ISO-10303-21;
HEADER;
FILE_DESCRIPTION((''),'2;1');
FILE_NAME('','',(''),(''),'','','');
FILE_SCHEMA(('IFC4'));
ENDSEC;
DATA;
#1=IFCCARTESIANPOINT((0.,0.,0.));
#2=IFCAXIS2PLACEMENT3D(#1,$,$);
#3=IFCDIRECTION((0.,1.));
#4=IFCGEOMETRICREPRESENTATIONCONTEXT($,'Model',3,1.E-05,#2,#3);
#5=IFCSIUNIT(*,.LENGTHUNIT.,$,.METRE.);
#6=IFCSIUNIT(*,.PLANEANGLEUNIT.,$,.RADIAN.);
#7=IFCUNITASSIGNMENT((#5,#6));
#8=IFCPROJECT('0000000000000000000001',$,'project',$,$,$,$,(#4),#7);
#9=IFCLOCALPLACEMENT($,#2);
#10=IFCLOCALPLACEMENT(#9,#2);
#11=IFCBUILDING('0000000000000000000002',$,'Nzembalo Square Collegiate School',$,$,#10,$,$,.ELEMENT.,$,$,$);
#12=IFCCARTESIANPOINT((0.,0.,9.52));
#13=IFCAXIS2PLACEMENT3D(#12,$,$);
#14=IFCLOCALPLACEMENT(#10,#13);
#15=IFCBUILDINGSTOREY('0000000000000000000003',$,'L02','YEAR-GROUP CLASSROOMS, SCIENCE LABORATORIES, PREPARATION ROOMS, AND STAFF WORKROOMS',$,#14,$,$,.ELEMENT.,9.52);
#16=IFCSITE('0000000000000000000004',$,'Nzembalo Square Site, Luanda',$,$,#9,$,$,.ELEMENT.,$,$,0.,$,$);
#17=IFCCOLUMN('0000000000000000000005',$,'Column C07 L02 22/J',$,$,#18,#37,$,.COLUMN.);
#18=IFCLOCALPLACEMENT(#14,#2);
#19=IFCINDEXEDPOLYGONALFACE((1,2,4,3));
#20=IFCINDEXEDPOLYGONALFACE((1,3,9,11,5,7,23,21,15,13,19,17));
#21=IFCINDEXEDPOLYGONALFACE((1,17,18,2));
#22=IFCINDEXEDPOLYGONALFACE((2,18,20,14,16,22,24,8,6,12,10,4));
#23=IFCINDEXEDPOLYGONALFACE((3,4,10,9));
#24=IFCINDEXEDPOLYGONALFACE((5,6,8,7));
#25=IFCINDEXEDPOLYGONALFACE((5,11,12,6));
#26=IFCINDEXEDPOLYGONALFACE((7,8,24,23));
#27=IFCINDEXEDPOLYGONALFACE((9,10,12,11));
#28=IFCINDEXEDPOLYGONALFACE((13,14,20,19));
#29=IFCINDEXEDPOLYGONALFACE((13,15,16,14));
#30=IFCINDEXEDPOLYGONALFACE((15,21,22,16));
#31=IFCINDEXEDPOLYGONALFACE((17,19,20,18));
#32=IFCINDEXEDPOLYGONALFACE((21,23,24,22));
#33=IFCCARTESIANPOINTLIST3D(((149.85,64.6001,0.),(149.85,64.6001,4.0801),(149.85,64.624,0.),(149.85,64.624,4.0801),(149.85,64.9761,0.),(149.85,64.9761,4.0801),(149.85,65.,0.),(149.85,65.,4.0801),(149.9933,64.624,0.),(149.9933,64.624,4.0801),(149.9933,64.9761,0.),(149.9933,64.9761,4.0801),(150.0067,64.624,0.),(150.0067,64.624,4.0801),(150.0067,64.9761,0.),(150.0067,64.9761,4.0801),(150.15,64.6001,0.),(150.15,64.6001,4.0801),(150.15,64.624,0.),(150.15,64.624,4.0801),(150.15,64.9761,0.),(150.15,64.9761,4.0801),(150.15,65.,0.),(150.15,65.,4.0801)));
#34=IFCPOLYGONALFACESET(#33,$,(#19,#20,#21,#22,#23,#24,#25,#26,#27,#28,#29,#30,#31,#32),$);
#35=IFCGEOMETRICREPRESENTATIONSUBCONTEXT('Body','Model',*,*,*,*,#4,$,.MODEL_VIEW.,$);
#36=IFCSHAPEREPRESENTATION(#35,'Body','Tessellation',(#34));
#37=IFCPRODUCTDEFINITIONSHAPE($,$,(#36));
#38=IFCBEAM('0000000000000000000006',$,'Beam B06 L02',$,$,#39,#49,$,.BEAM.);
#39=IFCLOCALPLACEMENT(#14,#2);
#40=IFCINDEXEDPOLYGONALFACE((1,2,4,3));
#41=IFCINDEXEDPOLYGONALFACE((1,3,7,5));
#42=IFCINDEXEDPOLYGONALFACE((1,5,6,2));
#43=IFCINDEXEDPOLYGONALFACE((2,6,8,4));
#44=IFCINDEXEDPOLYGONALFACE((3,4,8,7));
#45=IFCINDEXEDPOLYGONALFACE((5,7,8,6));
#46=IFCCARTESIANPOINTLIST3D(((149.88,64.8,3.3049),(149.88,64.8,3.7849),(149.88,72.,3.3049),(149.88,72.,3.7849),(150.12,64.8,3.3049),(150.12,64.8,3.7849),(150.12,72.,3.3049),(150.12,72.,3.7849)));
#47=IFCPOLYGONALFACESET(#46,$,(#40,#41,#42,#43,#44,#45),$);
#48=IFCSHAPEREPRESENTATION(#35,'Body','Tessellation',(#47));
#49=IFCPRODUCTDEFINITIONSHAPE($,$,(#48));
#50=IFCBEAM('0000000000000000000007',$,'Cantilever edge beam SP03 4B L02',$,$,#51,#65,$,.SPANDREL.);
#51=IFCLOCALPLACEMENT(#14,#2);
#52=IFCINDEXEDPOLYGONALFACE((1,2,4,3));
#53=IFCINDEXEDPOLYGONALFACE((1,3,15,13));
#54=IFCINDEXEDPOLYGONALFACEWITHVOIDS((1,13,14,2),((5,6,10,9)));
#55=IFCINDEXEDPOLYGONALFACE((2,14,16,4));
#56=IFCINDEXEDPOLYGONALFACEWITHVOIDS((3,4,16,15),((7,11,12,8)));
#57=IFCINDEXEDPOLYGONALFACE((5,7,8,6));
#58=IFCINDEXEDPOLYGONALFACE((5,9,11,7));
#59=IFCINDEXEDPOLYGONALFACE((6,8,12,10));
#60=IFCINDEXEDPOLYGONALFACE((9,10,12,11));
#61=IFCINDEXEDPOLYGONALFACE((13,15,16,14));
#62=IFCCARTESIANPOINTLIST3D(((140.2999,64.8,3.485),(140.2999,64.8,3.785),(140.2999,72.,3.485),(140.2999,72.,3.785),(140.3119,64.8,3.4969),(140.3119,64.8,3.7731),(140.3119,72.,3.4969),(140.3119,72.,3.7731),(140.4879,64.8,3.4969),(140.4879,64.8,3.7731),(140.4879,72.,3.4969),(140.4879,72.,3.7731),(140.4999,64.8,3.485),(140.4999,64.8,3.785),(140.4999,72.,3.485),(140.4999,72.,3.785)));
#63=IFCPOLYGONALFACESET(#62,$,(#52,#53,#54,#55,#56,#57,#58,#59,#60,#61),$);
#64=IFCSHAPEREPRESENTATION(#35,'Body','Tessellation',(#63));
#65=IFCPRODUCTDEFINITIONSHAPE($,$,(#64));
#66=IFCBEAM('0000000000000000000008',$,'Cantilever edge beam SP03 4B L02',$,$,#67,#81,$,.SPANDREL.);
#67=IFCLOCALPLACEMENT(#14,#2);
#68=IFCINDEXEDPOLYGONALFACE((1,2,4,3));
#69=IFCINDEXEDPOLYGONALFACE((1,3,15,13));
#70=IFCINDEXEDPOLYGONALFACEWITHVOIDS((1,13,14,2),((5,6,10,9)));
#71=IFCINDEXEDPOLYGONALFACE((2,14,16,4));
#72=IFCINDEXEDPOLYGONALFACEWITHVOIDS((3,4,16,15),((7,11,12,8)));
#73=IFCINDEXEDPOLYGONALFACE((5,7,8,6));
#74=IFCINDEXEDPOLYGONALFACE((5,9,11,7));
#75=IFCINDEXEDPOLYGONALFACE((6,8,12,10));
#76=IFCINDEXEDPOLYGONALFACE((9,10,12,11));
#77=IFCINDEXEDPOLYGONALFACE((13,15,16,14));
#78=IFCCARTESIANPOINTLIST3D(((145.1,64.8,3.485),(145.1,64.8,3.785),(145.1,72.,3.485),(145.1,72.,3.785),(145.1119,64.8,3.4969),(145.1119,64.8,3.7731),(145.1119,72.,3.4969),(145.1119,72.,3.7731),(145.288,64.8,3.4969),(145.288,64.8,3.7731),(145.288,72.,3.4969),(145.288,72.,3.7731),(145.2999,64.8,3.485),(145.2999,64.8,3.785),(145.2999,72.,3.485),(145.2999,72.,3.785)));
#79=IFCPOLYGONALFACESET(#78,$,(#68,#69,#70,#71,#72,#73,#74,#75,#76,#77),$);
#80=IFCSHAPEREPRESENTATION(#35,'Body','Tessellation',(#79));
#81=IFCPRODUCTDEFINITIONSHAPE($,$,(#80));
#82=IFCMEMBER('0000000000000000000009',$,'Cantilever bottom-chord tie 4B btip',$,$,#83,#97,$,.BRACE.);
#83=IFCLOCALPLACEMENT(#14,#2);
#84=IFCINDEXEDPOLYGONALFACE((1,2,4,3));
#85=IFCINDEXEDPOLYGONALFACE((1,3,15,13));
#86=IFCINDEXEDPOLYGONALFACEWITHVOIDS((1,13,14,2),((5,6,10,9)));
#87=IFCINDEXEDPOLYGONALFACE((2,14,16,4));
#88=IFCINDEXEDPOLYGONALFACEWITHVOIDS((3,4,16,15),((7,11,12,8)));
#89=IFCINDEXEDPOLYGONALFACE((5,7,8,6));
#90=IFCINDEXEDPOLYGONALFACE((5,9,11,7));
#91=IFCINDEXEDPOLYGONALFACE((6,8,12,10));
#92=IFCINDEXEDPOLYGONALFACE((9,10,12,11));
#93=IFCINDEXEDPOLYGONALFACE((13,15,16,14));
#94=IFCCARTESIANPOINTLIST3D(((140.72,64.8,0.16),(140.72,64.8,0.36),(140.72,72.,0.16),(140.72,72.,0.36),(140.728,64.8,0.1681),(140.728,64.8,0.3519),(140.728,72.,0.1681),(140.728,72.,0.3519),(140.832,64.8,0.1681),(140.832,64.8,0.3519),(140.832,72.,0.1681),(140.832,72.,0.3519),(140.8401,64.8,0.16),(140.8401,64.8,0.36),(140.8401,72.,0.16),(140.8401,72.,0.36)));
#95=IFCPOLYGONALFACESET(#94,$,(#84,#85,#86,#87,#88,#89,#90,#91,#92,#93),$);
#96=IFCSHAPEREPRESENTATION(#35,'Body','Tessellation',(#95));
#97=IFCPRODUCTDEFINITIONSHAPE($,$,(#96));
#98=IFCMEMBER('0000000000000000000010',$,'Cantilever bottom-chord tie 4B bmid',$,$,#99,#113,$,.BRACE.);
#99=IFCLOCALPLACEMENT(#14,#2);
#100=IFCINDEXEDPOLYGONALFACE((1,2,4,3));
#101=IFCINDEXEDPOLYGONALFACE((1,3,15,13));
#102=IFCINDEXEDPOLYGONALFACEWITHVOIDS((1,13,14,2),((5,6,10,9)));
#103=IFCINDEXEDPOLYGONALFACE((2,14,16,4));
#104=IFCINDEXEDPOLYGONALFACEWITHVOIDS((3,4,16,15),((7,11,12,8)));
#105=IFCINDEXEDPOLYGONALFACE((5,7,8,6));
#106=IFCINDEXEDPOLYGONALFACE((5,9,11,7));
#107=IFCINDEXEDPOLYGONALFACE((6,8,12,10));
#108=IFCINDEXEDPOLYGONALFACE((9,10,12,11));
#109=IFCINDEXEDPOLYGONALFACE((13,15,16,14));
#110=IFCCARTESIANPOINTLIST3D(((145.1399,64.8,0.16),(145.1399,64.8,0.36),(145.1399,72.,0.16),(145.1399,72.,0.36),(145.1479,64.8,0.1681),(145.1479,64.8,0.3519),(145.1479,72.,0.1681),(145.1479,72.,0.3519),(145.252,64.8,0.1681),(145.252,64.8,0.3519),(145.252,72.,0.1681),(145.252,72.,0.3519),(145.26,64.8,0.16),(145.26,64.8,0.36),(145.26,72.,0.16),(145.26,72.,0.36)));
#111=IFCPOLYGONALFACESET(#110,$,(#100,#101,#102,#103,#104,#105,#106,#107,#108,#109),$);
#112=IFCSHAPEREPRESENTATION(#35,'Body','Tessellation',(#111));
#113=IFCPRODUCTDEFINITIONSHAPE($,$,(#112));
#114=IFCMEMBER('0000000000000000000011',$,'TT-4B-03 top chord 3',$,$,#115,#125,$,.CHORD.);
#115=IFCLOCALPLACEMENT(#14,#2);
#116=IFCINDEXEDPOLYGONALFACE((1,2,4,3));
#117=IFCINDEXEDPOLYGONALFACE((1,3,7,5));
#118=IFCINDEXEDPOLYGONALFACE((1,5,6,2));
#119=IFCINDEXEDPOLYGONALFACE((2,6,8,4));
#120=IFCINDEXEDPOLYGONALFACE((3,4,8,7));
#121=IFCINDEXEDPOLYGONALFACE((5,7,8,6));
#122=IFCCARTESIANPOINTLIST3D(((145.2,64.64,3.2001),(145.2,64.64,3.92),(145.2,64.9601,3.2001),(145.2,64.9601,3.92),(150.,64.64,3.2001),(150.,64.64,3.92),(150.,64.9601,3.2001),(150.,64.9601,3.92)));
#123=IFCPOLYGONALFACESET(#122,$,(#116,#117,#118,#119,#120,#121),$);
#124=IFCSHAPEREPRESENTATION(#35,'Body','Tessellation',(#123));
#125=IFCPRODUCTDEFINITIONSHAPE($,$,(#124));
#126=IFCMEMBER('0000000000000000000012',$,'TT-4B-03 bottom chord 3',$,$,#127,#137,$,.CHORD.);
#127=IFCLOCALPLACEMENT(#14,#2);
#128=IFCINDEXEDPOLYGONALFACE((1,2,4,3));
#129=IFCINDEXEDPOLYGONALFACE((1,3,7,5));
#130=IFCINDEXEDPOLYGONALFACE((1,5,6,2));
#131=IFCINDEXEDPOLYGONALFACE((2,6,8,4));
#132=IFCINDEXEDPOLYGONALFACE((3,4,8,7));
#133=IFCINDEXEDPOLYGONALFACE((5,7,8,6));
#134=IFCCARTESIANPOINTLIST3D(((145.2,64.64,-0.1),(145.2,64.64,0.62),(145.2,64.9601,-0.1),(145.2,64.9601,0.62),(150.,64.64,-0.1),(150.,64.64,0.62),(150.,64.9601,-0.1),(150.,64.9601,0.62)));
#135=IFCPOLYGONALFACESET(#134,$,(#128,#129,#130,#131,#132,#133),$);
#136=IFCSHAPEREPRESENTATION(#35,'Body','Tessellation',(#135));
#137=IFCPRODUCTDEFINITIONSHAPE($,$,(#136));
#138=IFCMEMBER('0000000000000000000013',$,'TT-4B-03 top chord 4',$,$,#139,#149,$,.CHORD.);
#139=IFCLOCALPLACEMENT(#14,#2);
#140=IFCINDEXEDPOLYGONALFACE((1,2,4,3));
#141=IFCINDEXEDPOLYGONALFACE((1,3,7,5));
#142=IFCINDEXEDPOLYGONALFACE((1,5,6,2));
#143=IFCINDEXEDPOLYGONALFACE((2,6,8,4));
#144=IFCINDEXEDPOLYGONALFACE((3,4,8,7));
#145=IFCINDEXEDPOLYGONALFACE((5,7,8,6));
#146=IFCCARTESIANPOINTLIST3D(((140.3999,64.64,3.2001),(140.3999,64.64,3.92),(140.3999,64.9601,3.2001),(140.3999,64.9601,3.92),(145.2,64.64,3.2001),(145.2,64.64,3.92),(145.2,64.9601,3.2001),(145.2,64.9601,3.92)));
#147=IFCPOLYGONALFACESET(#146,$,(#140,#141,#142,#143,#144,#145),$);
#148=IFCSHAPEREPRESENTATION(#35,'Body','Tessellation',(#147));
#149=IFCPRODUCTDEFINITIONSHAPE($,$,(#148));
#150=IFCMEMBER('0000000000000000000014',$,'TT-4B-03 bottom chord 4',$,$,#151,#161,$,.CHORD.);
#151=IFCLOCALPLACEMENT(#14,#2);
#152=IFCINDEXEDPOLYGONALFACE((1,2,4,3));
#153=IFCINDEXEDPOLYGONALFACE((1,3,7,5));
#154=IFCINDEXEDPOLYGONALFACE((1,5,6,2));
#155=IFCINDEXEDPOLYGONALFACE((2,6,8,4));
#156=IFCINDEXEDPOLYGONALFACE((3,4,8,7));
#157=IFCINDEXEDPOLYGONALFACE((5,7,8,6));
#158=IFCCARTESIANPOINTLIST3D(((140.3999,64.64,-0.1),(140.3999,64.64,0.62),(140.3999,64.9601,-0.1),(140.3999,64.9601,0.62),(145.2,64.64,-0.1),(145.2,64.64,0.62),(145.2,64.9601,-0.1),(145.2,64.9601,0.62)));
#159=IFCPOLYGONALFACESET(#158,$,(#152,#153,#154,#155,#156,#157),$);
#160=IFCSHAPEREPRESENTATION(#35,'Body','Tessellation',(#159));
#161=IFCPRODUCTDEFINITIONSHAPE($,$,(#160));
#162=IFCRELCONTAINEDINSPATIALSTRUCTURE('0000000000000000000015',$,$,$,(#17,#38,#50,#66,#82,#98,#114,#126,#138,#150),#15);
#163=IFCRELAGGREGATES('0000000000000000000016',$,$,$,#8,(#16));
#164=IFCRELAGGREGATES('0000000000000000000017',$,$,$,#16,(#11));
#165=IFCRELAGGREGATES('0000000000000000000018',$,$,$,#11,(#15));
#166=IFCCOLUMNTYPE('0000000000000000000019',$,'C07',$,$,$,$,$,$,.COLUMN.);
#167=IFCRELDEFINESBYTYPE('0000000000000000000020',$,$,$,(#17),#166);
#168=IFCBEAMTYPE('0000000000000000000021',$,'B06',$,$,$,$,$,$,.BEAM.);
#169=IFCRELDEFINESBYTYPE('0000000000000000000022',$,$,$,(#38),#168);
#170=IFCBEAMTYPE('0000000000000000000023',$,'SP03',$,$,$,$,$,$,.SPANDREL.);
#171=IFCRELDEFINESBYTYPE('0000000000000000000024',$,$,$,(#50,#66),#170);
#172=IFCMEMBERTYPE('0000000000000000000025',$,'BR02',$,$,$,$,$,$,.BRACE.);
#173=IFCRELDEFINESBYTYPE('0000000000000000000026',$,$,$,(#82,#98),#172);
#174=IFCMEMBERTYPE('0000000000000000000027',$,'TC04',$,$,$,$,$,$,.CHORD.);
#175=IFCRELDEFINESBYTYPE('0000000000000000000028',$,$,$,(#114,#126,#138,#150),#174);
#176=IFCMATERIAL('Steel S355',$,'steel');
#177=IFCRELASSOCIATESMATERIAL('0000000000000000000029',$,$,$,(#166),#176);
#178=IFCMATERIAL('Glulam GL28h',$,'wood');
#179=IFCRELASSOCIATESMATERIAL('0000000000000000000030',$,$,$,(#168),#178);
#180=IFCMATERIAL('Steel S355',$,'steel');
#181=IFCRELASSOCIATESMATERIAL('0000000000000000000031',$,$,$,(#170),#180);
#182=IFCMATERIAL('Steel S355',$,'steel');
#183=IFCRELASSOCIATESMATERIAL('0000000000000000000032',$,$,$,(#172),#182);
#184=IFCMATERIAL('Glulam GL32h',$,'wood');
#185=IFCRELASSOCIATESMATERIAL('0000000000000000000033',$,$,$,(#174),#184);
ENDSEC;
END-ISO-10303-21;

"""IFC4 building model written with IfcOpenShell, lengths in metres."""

from ifc_helpers import new_model, si_unit, direction, frame, origin, origin_2d, place, context, subcontext, project, spatial, rectangle, hollow_rectangle, i_section, extrude, material, material_profile, profile_set, type_object, element, save


model = new_model("IFC4")

# Units and contexts
model_context = context("Model", 3, precision=1e-05, world=origin(), true_north=direction((0.0, 1.0)))
body_context = subcontext(model_context, "Body", "Model", "MODEL_VIEW")
ifc_project = project(units=[si_unit("LENGTHUNIT", "METRE"), si_unit("PLANEANGLEUNIT", "RADIAN")], contexts=[model_context])

# Site, building, storey
site_placement = place(None, origin())
site = spatial("IfcSite", under=ifc_project, at=site_placement, Name="Nzembalo Square Site, Luanda", CompositionType="ELEMENT", RefElevation=0.0)
building_placement = place(site_placement, origin())
building = spatial("IfcBuilding", under=site, at=building_placement, Name="Nzembalo Square Collegiate School", CompositionType="ELEMENT")
storey_placement = place(building_placement, frame((0.0, 0.0, 9.52)))
storey = spatial("IfcBuildingStorey", under=building, at=storey_placement, Name="L02", Description="YEAR-GROUP CLASSROOMS, SCIENCE LABORATORIES, PREPARATION ROOMS, AND STAFF WORKROOMS", CompositionType="ELEMENT", Elevation=9.52)

# Column
ifc_material_1 = material(Name="Steel S355", Category="steel")
ifc_material_profile_1 = material_profile(ifc_material_1, i_section(OverallWidth=0.3, OverallDepth=0.3999, WebThickness=0.0134, FlangeThickness=0.0239, at=origin_2d()), Name="HEB 400")
ifc_profile_set_1 = profile_set([ifc_material_profile_1], Name="Steel S355")
column_type = type_object("IfcColumnType", Name="C07", PredefinedType="COLUMN", material=ifc_profile_set_1)
column_placement = place(storey_placement, frame((150.0, 64.8, 0.0), z_axis=(0.0, 0.0, 1.0), x_axis=(1.0, 0.0, 0.0)))
element("IfcColumn", 1, at=column_placement, inside=storey, type_object=column_type, Name="Column C07 L02 22/J", PredefinedType="COLUMN", context=body_context, shape_type="SweptSolid", body=[
    extrude(i_section(OverallWidth=0.3, OverallDepth=0.3999, WebThickness=0.0134, FlangeThickness=0.0239, at=origin_2d()), origin(), (0.0, 0.0, 1.0), 4.0801),
])

# Beams
ifc_material_2 = material(Name="Glulam GL28h", Category="wood")
ifc_material_profile_2 = material_profile(ifc_material_2, rectangle(XDim=0.24, YDim=0.48, at=origin_2d()), Name="GL28h 240x480")
ifc_profile_set_2 = profile_set([ifc_material_profile_2], Name="Glulam GL28h")
beam_type_1 = type_object("IfcBeamType", Name="B06", PredefinedType="BEAM", material=ifc_profile_set_2)
beam_placement = place(storey_placement, frame((150.0, 64.8, 3.5449), z_axis=(0.0, 1.0, 0.0), x_axis=(-1.0, 0.0, 0.0)))
element("IfcBeam", 2, at=beam_placement, inside=storey, type_object=beam_type_1, Name="Beam B06 L02", PredefinedType="BEAM", context=body_context, shape_type="SweptSolid", body=[
    extrude(rectangle(XDim=0.24, YDim=0.48, at=origin_2d()), origin(), (0.0, 0.0, 1.0), 7.2),
])
ifc_material_3 = material(Name="Steel S355", Category="steel")
ifc_material_profile_3 = material_profile(ifc_material_3, hollow_rectangle(XDim=0.2, YDim=0.3, WallThickness=0.012, at=origin_2d()), Name="RHS 300x200x12")
ifc_profile_set_3 = profile_set([ifc_material_profile_3], Name="Steel S355")
beam_type_2 = type_object("IfcBeamType", Name="SP03", PredefinedType="SPANDREL", material=ifc_profile_set_3)
for number, where, z_axis, x_axis, name in (
    (3, (140.3999, 64.8, 3.635), (0.0, 1.0, 0.0), (-1.0, 0.0, 0.0), "Cantilever edge beam SP03 4B L02"),
    (4, (145.2, 64.8, 3.635), (0.0, 1.0, 0.0), (-1.0, 0.0, 0.0), "Cantilever edge beam SP03 4B L02"),
):
    element("IfcBeam", number, at=place(storey_placement, frame(where, z_axis=z_axis, x_axis=x_axis)), inside=storey, type_object=beam_type_2, Name=name, PredefinedType="SPANDREL", context=body_context, shape_type="SweptSolid", body=[
        extrude(hollow_rectangle(XDim=0.2, YDim=0.3, WallThickness=0.012, at=origin_2d()), origin(), (0.0, 0.0, 1.0), 7.2),
    ])

# Members
ifc_material_4 = material(Name="Steel S355", Category="steel")
ifc_material_profile_4 = material_profile(ifc_material_4, hollow_rectangle(XDim=0.1201, YDim=0.2, WallThickness=0.0081, at=origin_2d()), Name="RHS 200x120x8")
ifc_profile_set_4 = profile_set([ifc_material_profile_4], Name="Steel S355")
member_type_1 = type_object("IfcMemberType", Name="BR02", PredefinedType="BRACE", material=ifc_profile_set_4)
for number, where, z_axis, x_axis, name in (
    (5, (140.78, 64.8, 0.26), (0.0, 1.0, 0.0), (-1.0, 0.0, 0.0), "Cantilever bottom-chord tie 4B btip"),
    (6, (145.2, 64.8, 0.26), (0.0, 1.0, 0.0), (-1.0, 0.0, 0.0), "Cantilever bottom-chord tie 4B bmid"),
):
    element("IfcMember", number, at=place(storey_placement, frame(where, z_axis=z_axis, x_axis=x_axis)), inside=storey, type_object=member_type_1, Name=name, PredefinedType="BRACE", context=body_context, shape_type="SweptSolid", body=[
        extrude(hollow_rectangle(XDim=0.1201, YDim=0.2, WallThickness=0.0081, at=origin_2d()), origin(), (0.0, 0.0, 1.0), 7.2),
    ])
ifc_material_5 = material(Name="Glulam GL32h", Category="wood")
ifc_material_profile_5 = material_profile(ifc_material_5, rectangle(XDim=0.3201, YDim=0.72, at=origin_2d()), Name="GL32h 320x720")
ifc_profile_set_5 = profile_set([ifc_material_profile_5], Name="Glulam GL32h")
member_type_2 = type_object("IfcMemberType", Name="TC04", PredefinedType="CHORD", material=ifc_profile_set_5)
for number, where, z_axis, x_axis, name in (
    (7, (150.0, 64.8, 3.5601), (-1.0, 0.0, 0.0), (0.0, -1.0, 0.0), "TT-4B-03 top chord 3"),
    (8, (150.0, 64.8, 0.26), (-1.0, 0.0, 0.0), (0.0, -1.0, 0.0), "TT-4B-03 bottom chord 3"),
    (9, (145.2, 64.8, 3.5601), (-1.0, 0.0, 0.0), (0.0, -1.0, 0.0), "TT-4B-03 top chord 4"),
    (10, (145.2, 64.8, 0.26), (-1.0, 0.0, 0.0), (0.0, -1.0, 0.0), "TT-4B-03 bottom chord 4"),
):
    element("IfcMember", number, at=place(storey_placement, frame(where, z_axis=z_axis, x_axis=x_axis)), inside=storey, type_object=member_type_2, Name=name, PredefinedType="CHORD", context=body_context, shape_type="SweptSolid", body=[
        extrude(rectangle(XDim=0.3201, YDim=0.72, at=origin_2d()), origin(), (0.0, 0.0, 1.0), 4.8),
    ])

save(model, "model.ifc")
